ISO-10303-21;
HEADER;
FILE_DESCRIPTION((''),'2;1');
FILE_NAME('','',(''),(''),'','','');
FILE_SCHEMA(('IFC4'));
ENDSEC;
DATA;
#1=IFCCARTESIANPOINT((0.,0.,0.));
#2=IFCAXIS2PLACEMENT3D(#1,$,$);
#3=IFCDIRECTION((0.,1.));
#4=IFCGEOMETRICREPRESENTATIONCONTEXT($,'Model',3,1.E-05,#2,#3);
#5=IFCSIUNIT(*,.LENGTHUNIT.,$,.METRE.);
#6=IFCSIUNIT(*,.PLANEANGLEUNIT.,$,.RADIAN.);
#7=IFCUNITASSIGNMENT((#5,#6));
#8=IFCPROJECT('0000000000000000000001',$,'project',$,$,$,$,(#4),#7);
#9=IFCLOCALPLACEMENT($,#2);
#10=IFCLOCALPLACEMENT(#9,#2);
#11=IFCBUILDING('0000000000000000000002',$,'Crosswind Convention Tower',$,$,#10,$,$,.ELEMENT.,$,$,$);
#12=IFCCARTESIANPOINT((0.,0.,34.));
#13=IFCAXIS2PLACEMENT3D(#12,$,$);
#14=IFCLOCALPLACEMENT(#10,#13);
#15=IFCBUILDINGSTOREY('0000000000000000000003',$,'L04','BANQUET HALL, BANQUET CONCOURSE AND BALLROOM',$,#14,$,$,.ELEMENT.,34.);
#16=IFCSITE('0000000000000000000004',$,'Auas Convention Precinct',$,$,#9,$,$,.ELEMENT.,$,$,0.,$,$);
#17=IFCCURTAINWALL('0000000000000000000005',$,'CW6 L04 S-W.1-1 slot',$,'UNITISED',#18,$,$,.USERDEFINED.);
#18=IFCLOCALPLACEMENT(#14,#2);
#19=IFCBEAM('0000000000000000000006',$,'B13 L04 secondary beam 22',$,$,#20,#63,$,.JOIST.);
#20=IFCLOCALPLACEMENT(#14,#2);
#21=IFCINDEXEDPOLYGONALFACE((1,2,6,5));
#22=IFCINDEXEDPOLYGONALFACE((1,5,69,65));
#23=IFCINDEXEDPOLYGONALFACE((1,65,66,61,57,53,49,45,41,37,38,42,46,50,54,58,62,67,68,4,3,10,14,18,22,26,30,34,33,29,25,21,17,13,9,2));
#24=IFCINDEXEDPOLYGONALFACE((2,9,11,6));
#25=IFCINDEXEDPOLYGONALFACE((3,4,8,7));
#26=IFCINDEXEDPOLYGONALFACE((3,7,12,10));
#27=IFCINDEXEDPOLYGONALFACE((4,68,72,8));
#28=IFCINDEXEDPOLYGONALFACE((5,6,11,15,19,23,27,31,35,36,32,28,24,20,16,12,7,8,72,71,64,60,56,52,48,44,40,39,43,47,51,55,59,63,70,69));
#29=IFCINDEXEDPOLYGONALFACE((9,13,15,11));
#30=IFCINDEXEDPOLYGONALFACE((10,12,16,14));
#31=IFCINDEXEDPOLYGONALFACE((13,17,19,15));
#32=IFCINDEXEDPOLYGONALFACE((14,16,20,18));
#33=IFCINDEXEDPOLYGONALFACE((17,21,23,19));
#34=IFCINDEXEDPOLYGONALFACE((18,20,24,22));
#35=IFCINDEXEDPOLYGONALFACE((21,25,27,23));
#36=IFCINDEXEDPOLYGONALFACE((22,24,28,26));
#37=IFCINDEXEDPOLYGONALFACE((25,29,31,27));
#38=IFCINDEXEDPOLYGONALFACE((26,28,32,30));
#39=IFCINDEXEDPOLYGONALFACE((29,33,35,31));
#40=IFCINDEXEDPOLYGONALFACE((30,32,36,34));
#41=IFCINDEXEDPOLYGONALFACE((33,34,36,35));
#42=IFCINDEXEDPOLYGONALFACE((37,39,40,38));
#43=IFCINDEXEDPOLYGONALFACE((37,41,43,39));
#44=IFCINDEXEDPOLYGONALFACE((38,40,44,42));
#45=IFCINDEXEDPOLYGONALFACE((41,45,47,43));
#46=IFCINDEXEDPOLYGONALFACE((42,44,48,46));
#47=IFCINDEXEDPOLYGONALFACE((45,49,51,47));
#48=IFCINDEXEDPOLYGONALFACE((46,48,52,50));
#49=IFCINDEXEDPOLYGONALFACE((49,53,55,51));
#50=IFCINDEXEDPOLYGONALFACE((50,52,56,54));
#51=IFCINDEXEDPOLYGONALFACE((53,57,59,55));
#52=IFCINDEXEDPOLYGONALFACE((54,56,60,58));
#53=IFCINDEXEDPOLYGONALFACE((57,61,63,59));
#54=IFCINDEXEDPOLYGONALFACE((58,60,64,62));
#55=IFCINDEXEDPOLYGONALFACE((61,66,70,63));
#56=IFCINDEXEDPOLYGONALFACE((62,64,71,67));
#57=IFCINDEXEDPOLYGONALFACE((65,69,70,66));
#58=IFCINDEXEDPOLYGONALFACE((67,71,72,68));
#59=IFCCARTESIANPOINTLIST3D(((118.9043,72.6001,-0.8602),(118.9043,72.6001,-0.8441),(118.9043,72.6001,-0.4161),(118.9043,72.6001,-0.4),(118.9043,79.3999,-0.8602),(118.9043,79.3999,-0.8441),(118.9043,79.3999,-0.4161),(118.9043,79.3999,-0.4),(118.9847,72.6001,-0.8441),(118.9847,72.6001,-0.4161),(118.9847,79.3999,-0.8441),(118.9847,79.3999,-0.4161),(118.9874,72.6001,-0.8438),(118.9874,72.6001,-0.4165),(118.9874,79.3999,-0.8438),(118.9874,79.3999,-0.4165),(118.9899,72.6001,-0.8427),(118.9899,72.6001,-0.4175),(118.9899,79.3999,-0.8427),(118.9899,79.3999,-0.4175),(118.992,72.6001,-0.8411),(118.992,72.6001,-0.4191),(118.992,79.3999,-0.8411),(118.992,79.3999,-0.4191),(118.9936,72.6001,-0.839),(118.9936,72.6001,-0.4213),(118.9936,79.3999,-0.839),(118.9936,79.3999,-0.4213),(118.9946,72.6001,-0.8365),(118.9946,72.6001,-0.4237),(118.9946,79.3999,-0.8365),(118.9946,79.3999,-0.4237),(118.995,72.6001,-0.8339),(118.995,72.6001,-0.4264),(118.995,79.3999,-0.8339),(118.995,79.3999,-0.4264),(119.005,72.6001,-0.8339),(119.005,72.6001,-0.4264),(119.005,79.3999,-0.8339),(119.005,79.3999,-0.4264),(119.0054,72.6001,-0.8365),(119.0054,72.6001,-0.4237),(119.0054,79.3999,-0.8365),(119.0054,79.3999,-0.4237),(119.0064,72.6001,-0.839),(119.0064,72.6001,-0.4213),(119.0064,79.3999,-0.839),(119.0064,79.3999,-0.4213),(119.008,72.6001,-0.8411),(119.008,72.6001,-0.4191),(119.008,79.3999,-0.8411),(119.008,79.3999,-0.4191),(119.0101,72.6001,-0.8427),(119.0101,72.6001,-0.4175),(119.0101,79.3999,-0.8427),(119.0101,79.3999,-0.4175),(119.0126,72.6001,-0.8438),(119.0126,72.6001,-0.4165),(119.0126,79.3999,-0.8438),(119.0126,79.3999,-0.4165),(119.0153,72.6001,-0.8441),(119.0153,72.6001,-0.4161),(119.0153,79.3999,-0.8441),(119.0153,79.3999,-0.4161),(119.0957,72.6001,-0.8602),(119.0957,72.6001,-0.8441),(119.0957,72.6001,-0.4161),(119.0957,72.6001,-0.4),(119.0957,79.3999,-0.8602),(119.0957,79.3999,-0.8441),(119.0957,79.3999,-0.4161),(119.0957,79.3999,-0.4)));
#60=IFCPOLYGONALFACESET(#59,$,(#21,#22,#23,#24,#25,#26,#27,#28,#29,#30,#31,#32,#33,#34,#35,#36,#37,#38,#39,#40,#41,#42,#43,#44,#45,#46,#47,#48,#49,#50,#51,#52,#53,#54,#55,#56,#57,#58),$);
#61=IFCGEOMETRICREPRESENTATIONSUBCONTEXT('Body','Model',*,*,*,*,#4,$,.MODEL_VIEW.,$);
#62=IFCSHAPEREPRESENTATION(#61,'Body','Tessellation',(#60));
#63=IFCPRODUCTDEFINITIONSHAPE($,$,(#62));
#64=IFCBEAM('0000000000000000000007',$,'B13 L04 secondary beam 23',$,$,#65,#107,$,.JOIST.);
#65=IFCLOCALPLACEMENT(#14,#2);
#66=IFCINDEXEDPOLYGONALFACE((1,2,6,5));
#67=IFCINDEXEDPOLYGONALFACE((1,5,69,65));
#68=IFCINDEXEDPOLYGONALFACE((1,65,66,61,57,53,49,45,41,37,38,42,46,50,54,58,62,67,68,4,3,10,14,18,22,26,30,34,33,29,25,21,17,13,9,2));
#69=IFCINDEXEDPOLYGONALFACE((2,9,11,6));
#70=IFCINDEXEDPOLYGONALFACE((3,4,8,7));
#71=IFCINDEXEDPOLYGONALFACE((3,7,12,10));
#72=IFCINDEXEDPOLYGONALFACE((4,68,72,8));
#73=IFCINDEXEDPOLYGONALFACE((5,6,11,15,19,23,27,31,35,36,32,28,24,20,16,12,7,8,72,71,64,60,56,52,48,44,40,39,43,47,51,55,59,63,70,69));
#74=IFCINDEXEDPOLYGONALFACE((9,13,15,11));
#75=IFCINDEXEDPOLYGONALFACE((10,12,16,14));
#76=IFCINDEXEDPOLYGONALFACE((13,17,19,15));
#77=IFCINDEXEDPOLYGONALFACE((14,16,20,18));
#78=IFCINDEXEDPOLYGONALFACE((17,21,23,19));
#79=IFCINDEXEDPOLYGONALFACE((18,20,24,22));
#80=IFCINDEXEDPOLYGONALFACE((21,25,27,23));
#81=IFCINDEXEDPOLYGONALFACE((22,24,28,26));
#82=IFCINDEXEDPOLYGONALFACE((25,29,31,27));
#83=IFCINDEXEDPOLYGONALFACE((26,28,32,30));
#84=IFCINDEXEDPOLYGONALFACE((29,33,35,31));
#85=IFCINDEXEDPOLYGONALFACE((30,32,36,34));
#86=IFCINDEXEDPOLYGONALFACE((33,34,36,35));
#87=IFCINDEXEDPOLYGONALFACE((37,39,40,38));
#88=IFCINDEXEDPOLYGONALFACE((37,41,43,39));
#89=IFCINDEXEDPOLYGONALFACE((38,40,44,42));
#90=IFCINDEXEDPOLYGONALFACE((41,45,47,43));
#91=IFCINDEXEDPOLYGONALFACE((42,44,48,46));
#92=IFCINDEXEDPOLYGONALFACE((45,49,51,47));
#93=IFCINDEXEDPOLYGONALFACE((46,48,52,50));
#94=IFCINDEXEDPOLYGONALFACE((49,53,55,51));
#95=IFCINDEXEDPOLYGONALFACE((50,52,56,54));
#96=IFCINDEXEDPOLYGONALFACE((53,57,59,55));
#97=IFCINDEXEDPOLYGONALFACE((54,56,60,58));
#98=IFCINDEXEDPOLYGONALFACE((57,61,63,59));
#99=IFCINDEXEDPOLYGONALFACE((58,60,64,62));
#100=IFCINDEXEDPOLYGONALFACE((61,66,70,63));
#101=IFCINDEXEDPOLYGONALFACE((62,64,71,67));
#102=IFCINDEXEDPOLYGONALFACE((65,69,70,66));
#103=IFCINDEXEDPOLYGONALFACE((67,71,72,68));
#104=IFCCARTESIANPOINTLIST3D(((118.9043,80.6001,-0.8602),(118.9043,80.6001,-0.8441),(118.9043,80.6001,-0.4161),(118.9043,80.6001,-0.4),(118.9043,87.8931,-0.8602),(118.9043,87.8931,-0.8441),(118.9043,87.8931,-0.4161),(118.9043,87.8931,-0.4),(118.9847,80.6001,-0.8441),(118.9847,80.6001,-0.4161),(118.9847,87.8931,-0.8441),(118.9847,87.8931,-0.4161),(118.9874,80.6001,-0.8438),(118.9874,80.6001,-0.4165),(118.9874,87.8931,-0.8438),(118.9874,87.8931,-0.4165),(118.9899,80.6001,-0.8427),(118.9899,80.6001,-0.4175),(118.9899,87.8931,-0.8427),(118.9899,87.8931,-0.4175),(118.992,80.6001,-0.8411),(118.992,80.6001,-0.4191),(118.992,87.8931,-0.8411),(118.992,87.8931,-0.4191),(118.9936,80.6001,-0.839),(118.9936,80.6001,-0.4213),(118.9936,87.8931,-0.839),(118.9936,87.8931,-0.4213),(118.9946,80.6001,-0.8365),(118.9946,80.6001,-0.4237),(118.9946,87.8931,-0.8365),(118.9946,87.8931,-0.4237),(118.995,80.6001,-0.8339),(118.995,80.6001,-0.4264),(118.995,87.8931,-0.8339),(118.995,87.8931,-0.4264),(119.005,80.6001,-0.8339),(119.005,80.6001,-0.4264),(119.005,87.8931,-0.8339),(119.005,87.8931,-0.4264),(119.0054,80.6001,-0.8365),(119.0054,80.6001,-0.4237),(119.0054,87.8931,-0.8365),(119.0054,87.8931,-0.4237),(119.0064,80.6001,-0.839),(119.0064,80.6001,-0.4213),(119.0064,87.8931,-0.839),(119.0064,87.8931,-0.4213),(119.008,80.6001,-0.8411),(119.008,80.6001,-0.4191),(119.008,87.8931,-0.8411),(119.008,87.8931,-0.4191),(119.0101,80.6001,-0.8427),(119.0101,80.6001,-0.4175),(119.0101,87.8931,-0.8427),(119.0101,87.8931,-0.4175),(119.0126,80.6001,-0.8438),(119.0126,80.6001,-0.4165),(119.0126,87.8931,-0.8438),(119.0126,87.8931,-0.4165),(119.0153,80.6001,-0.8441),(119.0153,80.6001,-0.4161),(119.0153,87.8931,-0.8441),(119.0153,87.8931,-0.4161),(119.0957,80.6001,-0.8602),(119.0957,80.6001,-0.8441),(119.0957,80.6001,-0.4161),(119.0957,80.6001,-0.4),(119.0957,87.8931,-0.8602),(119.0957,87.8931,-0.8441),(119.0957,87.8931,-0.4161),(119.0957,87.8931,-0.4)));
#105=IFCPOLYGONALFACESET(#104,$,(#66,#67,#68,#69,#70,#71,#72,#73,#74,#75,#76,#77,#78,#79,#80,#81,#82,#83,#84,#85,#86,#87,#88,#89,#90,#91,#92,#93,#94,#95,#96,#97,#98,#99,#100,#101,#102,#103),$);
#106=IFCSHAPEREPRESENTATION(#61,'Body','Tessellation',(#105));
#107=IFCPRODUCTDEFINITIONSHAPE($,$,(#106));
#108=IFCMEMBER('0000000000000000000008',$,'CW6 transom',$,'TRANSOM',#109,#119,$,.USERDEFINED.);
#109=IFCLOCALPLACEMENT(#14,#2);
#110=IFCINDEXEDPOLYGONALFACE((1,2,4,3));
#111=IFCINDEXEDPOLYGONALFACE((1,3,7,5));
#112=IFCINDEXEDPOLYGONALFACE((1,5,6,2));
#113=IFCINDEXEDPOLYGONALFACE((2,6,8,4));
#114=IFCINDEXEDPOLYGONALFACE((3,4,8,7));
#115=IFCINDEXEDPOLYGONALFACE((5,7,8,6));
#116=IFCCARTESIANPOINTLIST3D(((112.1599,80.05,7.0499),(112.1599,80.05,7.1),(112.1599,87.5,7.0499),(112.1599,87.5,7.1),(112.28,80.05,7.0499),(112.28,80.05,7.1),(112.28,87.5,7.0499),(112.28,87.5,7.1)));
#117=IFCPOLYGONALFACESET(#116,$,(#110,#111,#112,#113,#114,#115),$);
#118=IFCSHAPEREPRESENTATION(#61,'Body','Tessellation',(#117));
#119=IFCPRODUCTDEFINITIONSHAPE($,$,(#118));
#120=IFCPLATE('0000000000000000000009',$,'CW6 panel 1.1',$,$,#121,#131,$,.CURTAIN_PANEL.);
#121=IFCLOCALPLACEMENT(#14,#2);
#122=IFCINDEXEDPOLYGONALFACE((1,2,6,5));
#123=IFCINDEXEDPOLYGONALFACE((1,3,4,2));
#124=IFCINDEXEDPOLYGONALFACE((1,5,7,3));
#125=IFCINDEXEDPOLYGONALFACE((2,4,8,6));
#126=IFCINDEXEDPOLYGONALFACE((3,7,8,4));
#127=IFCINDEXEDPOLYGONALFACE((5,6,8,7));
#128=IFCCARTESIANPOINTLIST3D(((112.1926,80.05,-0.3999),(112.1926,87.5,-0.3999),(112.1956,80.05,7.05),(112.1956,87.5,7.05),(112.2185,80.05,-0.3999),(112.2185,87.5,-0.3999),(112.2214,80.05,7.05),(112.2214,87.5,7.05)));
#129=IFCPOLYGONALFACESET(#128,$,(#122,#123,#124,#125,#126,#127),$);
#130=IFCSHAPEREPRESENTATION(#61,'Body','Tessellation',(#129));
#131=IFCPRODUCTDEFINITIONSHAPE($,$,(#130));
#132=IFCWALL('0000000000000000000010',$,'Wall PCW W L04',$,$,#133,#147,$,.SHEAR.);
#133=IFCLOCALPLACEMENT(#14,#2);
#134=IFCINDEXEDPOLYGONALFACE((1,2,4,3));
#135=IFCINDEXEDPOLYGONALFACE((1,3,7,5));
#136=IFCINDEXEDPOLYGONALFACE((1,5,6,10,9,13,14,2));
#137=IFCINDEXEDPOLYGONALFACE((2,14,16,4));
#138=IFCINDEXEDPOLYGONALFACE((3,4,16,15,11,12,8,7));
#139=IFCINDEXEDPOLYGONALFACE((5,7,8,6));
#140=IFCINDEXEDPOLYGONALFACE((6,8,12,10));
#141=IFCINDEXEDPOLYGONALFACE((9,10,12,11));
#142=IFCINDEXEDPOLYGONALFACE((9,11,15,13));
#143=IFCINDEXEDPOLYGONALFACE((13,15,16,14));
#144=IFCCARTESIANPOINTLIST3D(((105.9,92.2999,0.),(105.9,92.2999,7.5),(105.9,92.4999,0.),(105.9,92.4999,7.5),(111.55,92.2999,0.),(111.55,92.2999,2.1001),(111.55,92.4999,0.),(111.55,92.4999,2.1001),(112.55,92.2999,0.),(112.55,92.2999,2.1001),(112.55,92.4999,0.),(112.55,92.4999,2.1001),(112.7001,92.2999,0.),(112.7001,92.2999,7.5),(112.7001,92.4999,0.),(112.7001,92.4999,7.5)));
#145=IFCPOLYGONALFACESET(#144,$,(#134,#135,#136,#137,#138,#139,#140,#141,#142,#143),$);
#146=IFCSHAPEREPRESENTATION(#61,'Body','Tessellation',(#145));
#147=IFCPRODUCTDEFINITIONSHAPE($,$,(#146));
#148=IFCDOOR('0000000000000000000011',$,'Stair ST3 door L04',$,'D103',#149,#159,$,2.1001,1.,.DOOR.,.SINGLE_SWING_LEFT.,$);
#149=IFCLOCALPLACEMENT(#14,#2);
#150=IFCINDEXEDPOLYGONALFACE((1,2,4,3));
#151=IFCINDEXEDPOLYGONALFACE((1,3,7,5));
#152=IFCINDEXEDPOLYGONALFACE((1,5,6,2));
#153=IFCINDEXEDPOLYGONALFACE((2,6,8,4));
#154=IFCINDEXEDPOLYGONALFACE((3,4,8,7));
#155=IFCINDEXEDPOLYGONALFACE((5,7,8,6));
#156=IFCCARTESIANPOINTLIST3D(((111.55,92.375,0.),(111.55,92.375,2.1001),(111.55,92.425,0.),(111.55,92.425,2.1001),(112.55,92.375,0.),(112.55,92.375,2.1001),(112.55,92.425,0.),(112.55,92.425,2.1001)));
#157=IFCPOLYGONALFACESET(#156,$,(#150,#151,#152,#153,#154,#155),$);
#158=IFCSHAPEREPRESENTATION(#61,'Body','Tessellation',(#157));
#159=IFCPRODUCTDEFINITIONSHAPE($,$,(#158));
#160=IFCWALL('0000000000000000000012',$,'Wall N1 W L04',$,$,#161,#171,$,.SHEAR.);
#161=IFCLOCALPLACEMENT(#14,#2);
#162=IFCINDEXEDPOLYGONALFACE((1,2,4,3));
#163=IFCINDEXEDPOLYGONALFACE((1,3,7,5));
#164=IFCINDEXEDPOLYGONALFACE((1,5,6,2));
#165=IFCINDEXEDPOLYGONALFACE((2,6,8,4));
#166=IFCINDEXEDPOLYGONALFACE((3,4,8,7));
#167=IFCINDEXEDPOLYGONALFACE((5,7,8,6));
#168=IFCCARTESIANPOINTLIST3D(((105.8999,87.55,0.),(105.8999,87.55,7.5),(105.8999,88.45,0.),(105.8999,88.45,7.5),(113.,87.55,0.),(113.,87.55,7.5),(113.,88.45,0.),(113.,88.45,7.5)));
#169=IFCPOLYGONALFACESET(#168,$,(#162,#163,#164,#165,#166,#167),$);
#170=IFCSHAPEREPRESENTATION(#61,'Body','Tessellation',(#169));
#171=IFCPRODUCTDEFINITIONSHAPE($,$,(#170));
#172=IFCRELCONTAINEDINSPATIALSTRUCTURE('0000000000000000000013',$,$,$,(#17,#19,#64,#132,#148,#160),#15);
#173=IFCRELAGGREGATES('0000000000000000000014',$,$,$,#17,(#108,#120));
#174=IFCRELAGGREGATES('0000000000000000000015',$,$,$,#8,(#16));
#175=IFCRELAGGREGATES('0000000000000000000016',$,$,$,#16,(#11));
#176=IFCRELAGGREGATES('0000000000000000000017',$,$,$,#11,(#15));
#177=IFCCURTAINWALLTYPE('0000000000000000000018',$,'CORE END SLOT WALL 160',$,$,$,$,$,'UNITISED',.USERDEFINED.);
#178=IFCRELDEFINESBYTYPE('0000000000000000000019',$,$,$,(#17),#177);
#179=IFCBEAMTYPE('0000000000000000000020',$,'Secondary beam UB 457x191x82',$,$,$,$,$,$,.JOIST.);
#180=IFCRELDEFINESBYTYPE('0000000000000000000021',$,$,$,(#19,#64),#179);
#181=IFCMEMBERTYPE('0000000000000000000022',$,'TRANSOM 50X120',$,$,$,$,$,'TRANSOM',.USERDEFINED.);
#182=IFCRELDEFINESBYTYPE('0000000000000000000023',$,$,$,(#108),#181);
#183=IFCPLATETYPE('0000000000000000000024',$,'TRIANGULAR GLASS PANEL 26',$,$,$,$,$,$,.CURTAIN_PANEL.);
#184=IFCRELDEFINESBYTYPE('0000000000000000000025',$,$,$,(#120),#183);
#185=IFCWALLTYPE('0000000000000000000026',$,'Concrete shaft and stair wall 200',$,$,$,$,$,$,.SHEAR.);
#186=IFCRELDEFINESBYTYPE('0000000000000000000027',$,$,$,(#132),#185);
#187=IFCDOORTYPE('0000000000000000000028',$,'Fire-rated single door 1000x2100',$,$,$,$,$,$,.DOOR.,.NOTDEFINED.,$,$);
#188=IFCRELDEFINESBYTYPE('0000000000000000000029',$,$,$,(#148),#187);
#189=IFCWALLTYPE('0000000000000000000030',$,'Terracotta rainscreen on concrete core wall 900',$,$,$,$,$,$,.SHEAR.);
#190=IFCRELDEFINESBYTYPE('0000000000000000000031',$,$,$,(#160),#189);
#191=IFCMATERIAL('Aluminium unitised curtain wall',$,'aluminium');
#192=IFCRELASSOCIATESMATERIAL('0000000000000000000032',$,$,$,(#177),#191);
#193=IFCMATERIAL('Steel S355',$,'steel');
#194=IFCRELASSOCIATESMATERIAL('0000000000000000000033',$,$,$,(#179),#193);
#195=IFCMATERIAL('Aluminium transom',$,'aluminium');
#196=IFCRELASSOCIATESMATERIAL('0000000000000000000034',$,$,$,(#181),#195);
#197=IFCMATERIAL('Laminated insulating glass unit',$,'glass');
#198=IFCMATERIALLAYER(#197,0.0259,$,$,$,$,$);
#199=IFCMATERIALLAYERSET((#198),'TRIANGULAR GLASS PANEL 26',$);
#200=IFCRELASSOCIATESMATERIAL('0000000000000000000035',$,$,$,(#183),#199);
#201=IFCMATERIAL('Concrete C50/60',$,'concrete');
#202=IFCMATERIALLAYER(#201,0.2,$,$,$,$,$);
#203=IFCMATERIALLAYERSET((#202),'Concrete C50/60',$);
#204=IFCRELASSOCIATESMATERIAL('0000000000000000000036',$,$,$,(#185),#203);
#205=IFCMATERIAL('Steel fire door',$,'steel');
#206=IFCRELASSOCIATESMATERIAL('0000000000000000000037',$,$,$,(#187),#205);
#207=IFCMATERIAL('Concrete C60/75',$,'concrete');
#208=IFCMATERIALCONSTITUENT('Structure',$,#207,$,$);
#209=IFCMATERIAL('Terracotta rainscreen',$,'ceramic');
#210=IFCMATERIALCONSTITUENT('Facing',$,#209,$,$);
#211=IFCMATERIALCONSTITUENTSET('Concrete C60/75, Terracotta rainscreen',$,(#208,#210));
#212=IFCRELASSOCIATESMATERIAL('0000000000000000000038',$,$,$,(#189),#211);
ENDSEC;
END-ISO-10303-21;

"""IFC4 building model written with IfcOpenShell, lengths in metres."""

from ifc_helpers import new_model, si_unit, direction, frame, frame_2d, origin, origin_2d, place, context, subcontext, project, spatial, polyline, rectangle, i_section, outline, extrude, material, layer, layer_set, constituent, constituent_set, material_profile, profile_set, type_object, element, fill, aggregate, save


model = new_model("IFC4")

# Units and contexts
model_context = context("Model", 3, precision=1e-05, world=origin(), true_north=direction((0.0, 1.0)))
body_context = subcontext(model_context, "Body", "Model", "MODEL_VIEW")
ifc_project = project(units=[si_unit("LENGTHUNIT", "METRE"), si_unit("PLANEANGLEUNIT", "RADIAN")], contexts=[model_context])

# Site, building, storey
site_placement = place(None, origin())
site = spatial("IfcSite", under=ifc_project, at=site_placement, Name="Auas Convention Precinct", CompositionType="ELEMENT", RefElevation=0.0)
building_placement = place(site_placement, origin())
building = spatial("IfcBuilding", under=site, at=building_placement, Name="Crosswind Convention Tower", CompositionType="ELEMENT")
storey_placement = place(building_placement, frame((0.0, 0.0, 34.0)))
storey = spatial("IfcBuildingStorey", under=building, at=storey_placement, Name="L04", Description="BANQUET HALL, BANQUET CONCOURSE AND BALLROOM", CompositionType="ELEMENT", Elevation=34.0)

# Shared definitions
ifc_material_1 = material(Name="Steel S355", Category="steel")

# Curtain wall
ifc_material_2 = material(Name="Aluminium unitised curtain wall", Category="aluminium")
curtain_wall_type_1 = type_object("IfcCurtainWallType", Name="CORE END SLOT WALL 160", ElementType="UNITISED", PredefinedType="USERDEFINED", material=ifc_material_2)
curtain_wall_1_placement = place(storey_placement, origin())
curtain_wall_1 = element("IfcCurtainWall", 1, at=curtain_wall_1_placement, inside=storey, type_object=curtain_wall_type_1, Name="CW6 L04 S-W.1-1 slot", ObjectType="UNITISED", PredefinedType="USERDEFINED")

# Beams
ifc_material_profile_1 = material_profile(ifc_material_1, i_section(OverallWidth=0.1914, OverallDepth=0.4602, WebThickness=0.01, FlangeThickness=0.0161, FilletRadius=0.0103, at=origin_2d()), Name="UB 457x191x82")
ifc_profile_set_1 = profile_set([ifc_material_profile_1], Name="Steel S355")
beam_type_1 = type_object("IfcBeamType", Name="Secondary beam UB 457x191x82", PredefinedType="JOIST", material=ifc_profile_set_1)
beam_1_placement = place(storey_placement, frame((119.0, 72.6001, -0.6301), z_axis=(0.0, 1.0, 0.0), x_axis=(-1.0, 0.0, 0.0)))
element("IfcBeam", 2, at=beam_1_placement, inside=storey, type_object=beam_type_1, Name="B13 L04 secondary beam 22", PredefinedType="JOIST", context=body_context, shape_type="SweptSolid", body=[
    extrude(i_section(OverallWidth=0.1914, OverallDepth=0.4602, WebThickness=0.01, FlangeThickness=0.0161, FilletRadius=0.0103, at=origin_2d()), origin(), (0.0, 0.0, 1.0), 6.7998),
])
beam_2_placement = place(storey_placement, frame((119.0, 80.6001, -0.6301), z_axis=(0.0, 1.0, 0.0), x_axis=(-1.0, 0.0, 0.0)))
element("IfcBeam", 3, at=beam_2_placement, inside=storey, type_object=beam_type_1, Name="B13 L04 secondary beam 23", PredefinedType="JOIST", context=body_context, shape_type="SweptSolid", body=[
    extrude(i_section(OverallWidth=0.1914, OverallDepth=0.4602, WebThickness=0.01, FlangeThickness=0.0161, FilletRadius=0.0103, at=origin_2d()), origin(), (0.0, 0.0, 1.0), 7.293),
])

# Member
ifc_material_3 = material(Name="Aluminium transom", Category="aluminium")
ifc_material_profile_2 = material_profile(ifc_material_3, rectangle(XDim=0.1201, YDim=0.05, at=origin_2d()), Name="AL 120X50")
ifc_profile_set_2 = profile_set([ifc_material_profile_2], Name="Aluminium transom")
member_type_1 = type_object("IfcMemberType", Name="TRANSOM 50X120", ElementType="TRANSOM", PredefinedType="USERDEFINED", material=ifc_profile_set_2)
member_1_placement = place(storey_placement, frame((112.22, 87.5, 7.075), z_axis=(0.0, -1.0, 0.0), x_axis=(1.0, 0.0, 0.0)))
member_1 = element("IfcMember", 4, at=member_1_placement, type_object=member_type_1, Name="CW6 transom", ObjectType="TRANSOM", PredefinedType="USERDEFINED", context=body_context, shape_type="SweptSolid", body=[
    extrude(rectangle(XDim=0.1201, YDim=0.05, at=origin_2d()), origin(), (0.0, 0.0, 1.0), 7.45),
])

# Plate
ifc_material_4 = material(Name="Laminated insulating glass unit", Category="glass")
ifc_layer_1 = layer(ifc_material_4, 0.0259)
ifc_layer_set_1 = layer_set([ifc_layer_1], Name="TRIANGULAR GLASS PANEL 26")
plate_type = type_object("IfcPlateType", Name="TRIANGULAR GLASS PANEL 26", PredefinedType="CURTAIN_PANEL", material=ifc_layer_set_1)
plate_placement = place(storey_placement, frame((112.1926, 87.5, -0.3999), z_axis=(-1.0, 0.0, 0.000393), x_axis=(0.0, -1.0, 0.0)))
plate = element("IfcPlate", 5, at=plate_placement, type_object=plate_type, Name="CW6 panel 1.1", PredefinedType="CURTAIN_PANEL", context=body_context, shape_type="SweptSolid", body=[
    extrude(outline(polyline([(0.0, 0.0), (7.45, 0.0), (7.45, 7.45), (0.0, 7.45), (0.0, 0.0)])), origin(), (0.0, 0.0, -1.0), 0.0259),
])
aggregate(curtain_wall_1, [member_1, plate])

# Wall, opening, door
ifc_material_5 = material(Name="Concrete C50/60", Category="concrete")
ifc_layer_2 = layer(ifc_material_5, 0.2)
ifc_layer_set_2 = layer_set([ifc_layer_2], Name="Concrete C50/60")
wall_type_1 = type_object("IfcWallType", Name="Concrete shaft and stair wall 200", PredefinedType="SHEAR", material=ifc_layer_set_2)
wall_1_placement = place(storey_placement, frame((112.7, 92.3999, 0.0), z_axis=(0.0, 0.0, 1.0), x_axis=(-1.0, 0.0, 0.0)))
wall_1 = element("IfcWall", 6, at=wall_1_placement, inside=storey, type_object=wall_type_1, Name="Wall PCW W L04", PredefinedType="SHEAR", context=body_context, shape_type="SweptSolid", body=[
    extrude(rectangle(XDim=6.8, YDim=0.2, at=frame_2d((3.3999, 0.0))), origin(), (0.0, 0.0, 1.0), 7.5),
])
opening_1_placement = place(wall_1_placement, frame((0.1499, 0.0, 0.0)))
opening_1 = element("IfcOpeningElement", 7, at=opening_1_placement, cuts=wall_1, PredefinedType="OPENING", context=body_context, shape_type="SweptSolid", body=[
    extrude(rectangle(XDim=1.0, YDim=2.1001, at=frame_2d((0.5, 1.05))), frame((0.0, 0.1099, 0.0), z_axis=(0.0, -1.0, 0.0), x_axis=(1.0, 0.0, 0.0)), (0.0, 0.0, 1.0), 0.22),
])
ifc_material_6 = material(Name="Steel fire door", Category="steel")
door_type_1 = type_object("IfcDoorType", Name="Fire-rated single door 1000x2100", OperationType="NOTDEFINED", PredefinedType="DOOR", material=ifc_material_6)
door_1_placement = place(opening_1_placement, origin())
door_1 = element("IfcDoor", 8, at=door_1_placement, inside=storey, type_object=door_type_1, Name="Stair ST3 door L04", ObjectType="D103", OperationType="SINGLE_SWING_LEFT", OverallHeight=2.1001, OverallWidth=1.0, PredefinedType="DOOR", context=body_context, shape_type="SweptSolid", body=[
    extrude(rectangle(XDim=1.0, YDim=2.1001, at=frame_2d((0.5, 1.05))), frame((0.0, 0.0249, 0.0), z_axis=(0.0, -1.0, 0.0), x_axis=(1.0, 0.0, 0.0)), (0.0, 0.0, 1.0), 0.05),
])
fill(opening_1, door_1)

# Wall
ifc_material_7 = material(Name="Concrete C60/75", Category="concrete")
ifc_constituent_1 = constituent(ifc_material_7, Name="Structure")
ifc_material_8 = material(Name="Terracotta rainscreen", Category="ceramic")
ifc_constituent_2 = constituent(ifc_material_8, Name="Facing")
ifc_constituent_set = constituent_set(constituents=[ifc_constituent_1, ifc_constituent_2], Name="Concrete C60/75, Terracotta rainscreen")
wall_type_2 = type_object("IfcWallType", Name="Terracotta rainscreen on concrete core wall 900", PredefinedType="SHEAR", material=ifc_constituent_set)
wall_2_placement = place(storey_placement, frame((113.0, 88.0, 0.0), z_axis=(0.0, 0.0, 1.0), x_axis=(-1.0, 0.0, 0.0)))
element("IfcWall", 9, at=wall_2_placement, inside=storey, type_object=wall_type_2, Name="Wall N1 W L04", PredefinedType="SHEAR", context=body_context, shape_type="SweptSolid", body=[
    extrude(rectangle(XDim=7.1001, YDim=0.8999, at=frame_2d((3.55, 0.0))), origin(), (0.0, 0.0, 1.0), 7.5),
])

save(model, "model.ifc")
